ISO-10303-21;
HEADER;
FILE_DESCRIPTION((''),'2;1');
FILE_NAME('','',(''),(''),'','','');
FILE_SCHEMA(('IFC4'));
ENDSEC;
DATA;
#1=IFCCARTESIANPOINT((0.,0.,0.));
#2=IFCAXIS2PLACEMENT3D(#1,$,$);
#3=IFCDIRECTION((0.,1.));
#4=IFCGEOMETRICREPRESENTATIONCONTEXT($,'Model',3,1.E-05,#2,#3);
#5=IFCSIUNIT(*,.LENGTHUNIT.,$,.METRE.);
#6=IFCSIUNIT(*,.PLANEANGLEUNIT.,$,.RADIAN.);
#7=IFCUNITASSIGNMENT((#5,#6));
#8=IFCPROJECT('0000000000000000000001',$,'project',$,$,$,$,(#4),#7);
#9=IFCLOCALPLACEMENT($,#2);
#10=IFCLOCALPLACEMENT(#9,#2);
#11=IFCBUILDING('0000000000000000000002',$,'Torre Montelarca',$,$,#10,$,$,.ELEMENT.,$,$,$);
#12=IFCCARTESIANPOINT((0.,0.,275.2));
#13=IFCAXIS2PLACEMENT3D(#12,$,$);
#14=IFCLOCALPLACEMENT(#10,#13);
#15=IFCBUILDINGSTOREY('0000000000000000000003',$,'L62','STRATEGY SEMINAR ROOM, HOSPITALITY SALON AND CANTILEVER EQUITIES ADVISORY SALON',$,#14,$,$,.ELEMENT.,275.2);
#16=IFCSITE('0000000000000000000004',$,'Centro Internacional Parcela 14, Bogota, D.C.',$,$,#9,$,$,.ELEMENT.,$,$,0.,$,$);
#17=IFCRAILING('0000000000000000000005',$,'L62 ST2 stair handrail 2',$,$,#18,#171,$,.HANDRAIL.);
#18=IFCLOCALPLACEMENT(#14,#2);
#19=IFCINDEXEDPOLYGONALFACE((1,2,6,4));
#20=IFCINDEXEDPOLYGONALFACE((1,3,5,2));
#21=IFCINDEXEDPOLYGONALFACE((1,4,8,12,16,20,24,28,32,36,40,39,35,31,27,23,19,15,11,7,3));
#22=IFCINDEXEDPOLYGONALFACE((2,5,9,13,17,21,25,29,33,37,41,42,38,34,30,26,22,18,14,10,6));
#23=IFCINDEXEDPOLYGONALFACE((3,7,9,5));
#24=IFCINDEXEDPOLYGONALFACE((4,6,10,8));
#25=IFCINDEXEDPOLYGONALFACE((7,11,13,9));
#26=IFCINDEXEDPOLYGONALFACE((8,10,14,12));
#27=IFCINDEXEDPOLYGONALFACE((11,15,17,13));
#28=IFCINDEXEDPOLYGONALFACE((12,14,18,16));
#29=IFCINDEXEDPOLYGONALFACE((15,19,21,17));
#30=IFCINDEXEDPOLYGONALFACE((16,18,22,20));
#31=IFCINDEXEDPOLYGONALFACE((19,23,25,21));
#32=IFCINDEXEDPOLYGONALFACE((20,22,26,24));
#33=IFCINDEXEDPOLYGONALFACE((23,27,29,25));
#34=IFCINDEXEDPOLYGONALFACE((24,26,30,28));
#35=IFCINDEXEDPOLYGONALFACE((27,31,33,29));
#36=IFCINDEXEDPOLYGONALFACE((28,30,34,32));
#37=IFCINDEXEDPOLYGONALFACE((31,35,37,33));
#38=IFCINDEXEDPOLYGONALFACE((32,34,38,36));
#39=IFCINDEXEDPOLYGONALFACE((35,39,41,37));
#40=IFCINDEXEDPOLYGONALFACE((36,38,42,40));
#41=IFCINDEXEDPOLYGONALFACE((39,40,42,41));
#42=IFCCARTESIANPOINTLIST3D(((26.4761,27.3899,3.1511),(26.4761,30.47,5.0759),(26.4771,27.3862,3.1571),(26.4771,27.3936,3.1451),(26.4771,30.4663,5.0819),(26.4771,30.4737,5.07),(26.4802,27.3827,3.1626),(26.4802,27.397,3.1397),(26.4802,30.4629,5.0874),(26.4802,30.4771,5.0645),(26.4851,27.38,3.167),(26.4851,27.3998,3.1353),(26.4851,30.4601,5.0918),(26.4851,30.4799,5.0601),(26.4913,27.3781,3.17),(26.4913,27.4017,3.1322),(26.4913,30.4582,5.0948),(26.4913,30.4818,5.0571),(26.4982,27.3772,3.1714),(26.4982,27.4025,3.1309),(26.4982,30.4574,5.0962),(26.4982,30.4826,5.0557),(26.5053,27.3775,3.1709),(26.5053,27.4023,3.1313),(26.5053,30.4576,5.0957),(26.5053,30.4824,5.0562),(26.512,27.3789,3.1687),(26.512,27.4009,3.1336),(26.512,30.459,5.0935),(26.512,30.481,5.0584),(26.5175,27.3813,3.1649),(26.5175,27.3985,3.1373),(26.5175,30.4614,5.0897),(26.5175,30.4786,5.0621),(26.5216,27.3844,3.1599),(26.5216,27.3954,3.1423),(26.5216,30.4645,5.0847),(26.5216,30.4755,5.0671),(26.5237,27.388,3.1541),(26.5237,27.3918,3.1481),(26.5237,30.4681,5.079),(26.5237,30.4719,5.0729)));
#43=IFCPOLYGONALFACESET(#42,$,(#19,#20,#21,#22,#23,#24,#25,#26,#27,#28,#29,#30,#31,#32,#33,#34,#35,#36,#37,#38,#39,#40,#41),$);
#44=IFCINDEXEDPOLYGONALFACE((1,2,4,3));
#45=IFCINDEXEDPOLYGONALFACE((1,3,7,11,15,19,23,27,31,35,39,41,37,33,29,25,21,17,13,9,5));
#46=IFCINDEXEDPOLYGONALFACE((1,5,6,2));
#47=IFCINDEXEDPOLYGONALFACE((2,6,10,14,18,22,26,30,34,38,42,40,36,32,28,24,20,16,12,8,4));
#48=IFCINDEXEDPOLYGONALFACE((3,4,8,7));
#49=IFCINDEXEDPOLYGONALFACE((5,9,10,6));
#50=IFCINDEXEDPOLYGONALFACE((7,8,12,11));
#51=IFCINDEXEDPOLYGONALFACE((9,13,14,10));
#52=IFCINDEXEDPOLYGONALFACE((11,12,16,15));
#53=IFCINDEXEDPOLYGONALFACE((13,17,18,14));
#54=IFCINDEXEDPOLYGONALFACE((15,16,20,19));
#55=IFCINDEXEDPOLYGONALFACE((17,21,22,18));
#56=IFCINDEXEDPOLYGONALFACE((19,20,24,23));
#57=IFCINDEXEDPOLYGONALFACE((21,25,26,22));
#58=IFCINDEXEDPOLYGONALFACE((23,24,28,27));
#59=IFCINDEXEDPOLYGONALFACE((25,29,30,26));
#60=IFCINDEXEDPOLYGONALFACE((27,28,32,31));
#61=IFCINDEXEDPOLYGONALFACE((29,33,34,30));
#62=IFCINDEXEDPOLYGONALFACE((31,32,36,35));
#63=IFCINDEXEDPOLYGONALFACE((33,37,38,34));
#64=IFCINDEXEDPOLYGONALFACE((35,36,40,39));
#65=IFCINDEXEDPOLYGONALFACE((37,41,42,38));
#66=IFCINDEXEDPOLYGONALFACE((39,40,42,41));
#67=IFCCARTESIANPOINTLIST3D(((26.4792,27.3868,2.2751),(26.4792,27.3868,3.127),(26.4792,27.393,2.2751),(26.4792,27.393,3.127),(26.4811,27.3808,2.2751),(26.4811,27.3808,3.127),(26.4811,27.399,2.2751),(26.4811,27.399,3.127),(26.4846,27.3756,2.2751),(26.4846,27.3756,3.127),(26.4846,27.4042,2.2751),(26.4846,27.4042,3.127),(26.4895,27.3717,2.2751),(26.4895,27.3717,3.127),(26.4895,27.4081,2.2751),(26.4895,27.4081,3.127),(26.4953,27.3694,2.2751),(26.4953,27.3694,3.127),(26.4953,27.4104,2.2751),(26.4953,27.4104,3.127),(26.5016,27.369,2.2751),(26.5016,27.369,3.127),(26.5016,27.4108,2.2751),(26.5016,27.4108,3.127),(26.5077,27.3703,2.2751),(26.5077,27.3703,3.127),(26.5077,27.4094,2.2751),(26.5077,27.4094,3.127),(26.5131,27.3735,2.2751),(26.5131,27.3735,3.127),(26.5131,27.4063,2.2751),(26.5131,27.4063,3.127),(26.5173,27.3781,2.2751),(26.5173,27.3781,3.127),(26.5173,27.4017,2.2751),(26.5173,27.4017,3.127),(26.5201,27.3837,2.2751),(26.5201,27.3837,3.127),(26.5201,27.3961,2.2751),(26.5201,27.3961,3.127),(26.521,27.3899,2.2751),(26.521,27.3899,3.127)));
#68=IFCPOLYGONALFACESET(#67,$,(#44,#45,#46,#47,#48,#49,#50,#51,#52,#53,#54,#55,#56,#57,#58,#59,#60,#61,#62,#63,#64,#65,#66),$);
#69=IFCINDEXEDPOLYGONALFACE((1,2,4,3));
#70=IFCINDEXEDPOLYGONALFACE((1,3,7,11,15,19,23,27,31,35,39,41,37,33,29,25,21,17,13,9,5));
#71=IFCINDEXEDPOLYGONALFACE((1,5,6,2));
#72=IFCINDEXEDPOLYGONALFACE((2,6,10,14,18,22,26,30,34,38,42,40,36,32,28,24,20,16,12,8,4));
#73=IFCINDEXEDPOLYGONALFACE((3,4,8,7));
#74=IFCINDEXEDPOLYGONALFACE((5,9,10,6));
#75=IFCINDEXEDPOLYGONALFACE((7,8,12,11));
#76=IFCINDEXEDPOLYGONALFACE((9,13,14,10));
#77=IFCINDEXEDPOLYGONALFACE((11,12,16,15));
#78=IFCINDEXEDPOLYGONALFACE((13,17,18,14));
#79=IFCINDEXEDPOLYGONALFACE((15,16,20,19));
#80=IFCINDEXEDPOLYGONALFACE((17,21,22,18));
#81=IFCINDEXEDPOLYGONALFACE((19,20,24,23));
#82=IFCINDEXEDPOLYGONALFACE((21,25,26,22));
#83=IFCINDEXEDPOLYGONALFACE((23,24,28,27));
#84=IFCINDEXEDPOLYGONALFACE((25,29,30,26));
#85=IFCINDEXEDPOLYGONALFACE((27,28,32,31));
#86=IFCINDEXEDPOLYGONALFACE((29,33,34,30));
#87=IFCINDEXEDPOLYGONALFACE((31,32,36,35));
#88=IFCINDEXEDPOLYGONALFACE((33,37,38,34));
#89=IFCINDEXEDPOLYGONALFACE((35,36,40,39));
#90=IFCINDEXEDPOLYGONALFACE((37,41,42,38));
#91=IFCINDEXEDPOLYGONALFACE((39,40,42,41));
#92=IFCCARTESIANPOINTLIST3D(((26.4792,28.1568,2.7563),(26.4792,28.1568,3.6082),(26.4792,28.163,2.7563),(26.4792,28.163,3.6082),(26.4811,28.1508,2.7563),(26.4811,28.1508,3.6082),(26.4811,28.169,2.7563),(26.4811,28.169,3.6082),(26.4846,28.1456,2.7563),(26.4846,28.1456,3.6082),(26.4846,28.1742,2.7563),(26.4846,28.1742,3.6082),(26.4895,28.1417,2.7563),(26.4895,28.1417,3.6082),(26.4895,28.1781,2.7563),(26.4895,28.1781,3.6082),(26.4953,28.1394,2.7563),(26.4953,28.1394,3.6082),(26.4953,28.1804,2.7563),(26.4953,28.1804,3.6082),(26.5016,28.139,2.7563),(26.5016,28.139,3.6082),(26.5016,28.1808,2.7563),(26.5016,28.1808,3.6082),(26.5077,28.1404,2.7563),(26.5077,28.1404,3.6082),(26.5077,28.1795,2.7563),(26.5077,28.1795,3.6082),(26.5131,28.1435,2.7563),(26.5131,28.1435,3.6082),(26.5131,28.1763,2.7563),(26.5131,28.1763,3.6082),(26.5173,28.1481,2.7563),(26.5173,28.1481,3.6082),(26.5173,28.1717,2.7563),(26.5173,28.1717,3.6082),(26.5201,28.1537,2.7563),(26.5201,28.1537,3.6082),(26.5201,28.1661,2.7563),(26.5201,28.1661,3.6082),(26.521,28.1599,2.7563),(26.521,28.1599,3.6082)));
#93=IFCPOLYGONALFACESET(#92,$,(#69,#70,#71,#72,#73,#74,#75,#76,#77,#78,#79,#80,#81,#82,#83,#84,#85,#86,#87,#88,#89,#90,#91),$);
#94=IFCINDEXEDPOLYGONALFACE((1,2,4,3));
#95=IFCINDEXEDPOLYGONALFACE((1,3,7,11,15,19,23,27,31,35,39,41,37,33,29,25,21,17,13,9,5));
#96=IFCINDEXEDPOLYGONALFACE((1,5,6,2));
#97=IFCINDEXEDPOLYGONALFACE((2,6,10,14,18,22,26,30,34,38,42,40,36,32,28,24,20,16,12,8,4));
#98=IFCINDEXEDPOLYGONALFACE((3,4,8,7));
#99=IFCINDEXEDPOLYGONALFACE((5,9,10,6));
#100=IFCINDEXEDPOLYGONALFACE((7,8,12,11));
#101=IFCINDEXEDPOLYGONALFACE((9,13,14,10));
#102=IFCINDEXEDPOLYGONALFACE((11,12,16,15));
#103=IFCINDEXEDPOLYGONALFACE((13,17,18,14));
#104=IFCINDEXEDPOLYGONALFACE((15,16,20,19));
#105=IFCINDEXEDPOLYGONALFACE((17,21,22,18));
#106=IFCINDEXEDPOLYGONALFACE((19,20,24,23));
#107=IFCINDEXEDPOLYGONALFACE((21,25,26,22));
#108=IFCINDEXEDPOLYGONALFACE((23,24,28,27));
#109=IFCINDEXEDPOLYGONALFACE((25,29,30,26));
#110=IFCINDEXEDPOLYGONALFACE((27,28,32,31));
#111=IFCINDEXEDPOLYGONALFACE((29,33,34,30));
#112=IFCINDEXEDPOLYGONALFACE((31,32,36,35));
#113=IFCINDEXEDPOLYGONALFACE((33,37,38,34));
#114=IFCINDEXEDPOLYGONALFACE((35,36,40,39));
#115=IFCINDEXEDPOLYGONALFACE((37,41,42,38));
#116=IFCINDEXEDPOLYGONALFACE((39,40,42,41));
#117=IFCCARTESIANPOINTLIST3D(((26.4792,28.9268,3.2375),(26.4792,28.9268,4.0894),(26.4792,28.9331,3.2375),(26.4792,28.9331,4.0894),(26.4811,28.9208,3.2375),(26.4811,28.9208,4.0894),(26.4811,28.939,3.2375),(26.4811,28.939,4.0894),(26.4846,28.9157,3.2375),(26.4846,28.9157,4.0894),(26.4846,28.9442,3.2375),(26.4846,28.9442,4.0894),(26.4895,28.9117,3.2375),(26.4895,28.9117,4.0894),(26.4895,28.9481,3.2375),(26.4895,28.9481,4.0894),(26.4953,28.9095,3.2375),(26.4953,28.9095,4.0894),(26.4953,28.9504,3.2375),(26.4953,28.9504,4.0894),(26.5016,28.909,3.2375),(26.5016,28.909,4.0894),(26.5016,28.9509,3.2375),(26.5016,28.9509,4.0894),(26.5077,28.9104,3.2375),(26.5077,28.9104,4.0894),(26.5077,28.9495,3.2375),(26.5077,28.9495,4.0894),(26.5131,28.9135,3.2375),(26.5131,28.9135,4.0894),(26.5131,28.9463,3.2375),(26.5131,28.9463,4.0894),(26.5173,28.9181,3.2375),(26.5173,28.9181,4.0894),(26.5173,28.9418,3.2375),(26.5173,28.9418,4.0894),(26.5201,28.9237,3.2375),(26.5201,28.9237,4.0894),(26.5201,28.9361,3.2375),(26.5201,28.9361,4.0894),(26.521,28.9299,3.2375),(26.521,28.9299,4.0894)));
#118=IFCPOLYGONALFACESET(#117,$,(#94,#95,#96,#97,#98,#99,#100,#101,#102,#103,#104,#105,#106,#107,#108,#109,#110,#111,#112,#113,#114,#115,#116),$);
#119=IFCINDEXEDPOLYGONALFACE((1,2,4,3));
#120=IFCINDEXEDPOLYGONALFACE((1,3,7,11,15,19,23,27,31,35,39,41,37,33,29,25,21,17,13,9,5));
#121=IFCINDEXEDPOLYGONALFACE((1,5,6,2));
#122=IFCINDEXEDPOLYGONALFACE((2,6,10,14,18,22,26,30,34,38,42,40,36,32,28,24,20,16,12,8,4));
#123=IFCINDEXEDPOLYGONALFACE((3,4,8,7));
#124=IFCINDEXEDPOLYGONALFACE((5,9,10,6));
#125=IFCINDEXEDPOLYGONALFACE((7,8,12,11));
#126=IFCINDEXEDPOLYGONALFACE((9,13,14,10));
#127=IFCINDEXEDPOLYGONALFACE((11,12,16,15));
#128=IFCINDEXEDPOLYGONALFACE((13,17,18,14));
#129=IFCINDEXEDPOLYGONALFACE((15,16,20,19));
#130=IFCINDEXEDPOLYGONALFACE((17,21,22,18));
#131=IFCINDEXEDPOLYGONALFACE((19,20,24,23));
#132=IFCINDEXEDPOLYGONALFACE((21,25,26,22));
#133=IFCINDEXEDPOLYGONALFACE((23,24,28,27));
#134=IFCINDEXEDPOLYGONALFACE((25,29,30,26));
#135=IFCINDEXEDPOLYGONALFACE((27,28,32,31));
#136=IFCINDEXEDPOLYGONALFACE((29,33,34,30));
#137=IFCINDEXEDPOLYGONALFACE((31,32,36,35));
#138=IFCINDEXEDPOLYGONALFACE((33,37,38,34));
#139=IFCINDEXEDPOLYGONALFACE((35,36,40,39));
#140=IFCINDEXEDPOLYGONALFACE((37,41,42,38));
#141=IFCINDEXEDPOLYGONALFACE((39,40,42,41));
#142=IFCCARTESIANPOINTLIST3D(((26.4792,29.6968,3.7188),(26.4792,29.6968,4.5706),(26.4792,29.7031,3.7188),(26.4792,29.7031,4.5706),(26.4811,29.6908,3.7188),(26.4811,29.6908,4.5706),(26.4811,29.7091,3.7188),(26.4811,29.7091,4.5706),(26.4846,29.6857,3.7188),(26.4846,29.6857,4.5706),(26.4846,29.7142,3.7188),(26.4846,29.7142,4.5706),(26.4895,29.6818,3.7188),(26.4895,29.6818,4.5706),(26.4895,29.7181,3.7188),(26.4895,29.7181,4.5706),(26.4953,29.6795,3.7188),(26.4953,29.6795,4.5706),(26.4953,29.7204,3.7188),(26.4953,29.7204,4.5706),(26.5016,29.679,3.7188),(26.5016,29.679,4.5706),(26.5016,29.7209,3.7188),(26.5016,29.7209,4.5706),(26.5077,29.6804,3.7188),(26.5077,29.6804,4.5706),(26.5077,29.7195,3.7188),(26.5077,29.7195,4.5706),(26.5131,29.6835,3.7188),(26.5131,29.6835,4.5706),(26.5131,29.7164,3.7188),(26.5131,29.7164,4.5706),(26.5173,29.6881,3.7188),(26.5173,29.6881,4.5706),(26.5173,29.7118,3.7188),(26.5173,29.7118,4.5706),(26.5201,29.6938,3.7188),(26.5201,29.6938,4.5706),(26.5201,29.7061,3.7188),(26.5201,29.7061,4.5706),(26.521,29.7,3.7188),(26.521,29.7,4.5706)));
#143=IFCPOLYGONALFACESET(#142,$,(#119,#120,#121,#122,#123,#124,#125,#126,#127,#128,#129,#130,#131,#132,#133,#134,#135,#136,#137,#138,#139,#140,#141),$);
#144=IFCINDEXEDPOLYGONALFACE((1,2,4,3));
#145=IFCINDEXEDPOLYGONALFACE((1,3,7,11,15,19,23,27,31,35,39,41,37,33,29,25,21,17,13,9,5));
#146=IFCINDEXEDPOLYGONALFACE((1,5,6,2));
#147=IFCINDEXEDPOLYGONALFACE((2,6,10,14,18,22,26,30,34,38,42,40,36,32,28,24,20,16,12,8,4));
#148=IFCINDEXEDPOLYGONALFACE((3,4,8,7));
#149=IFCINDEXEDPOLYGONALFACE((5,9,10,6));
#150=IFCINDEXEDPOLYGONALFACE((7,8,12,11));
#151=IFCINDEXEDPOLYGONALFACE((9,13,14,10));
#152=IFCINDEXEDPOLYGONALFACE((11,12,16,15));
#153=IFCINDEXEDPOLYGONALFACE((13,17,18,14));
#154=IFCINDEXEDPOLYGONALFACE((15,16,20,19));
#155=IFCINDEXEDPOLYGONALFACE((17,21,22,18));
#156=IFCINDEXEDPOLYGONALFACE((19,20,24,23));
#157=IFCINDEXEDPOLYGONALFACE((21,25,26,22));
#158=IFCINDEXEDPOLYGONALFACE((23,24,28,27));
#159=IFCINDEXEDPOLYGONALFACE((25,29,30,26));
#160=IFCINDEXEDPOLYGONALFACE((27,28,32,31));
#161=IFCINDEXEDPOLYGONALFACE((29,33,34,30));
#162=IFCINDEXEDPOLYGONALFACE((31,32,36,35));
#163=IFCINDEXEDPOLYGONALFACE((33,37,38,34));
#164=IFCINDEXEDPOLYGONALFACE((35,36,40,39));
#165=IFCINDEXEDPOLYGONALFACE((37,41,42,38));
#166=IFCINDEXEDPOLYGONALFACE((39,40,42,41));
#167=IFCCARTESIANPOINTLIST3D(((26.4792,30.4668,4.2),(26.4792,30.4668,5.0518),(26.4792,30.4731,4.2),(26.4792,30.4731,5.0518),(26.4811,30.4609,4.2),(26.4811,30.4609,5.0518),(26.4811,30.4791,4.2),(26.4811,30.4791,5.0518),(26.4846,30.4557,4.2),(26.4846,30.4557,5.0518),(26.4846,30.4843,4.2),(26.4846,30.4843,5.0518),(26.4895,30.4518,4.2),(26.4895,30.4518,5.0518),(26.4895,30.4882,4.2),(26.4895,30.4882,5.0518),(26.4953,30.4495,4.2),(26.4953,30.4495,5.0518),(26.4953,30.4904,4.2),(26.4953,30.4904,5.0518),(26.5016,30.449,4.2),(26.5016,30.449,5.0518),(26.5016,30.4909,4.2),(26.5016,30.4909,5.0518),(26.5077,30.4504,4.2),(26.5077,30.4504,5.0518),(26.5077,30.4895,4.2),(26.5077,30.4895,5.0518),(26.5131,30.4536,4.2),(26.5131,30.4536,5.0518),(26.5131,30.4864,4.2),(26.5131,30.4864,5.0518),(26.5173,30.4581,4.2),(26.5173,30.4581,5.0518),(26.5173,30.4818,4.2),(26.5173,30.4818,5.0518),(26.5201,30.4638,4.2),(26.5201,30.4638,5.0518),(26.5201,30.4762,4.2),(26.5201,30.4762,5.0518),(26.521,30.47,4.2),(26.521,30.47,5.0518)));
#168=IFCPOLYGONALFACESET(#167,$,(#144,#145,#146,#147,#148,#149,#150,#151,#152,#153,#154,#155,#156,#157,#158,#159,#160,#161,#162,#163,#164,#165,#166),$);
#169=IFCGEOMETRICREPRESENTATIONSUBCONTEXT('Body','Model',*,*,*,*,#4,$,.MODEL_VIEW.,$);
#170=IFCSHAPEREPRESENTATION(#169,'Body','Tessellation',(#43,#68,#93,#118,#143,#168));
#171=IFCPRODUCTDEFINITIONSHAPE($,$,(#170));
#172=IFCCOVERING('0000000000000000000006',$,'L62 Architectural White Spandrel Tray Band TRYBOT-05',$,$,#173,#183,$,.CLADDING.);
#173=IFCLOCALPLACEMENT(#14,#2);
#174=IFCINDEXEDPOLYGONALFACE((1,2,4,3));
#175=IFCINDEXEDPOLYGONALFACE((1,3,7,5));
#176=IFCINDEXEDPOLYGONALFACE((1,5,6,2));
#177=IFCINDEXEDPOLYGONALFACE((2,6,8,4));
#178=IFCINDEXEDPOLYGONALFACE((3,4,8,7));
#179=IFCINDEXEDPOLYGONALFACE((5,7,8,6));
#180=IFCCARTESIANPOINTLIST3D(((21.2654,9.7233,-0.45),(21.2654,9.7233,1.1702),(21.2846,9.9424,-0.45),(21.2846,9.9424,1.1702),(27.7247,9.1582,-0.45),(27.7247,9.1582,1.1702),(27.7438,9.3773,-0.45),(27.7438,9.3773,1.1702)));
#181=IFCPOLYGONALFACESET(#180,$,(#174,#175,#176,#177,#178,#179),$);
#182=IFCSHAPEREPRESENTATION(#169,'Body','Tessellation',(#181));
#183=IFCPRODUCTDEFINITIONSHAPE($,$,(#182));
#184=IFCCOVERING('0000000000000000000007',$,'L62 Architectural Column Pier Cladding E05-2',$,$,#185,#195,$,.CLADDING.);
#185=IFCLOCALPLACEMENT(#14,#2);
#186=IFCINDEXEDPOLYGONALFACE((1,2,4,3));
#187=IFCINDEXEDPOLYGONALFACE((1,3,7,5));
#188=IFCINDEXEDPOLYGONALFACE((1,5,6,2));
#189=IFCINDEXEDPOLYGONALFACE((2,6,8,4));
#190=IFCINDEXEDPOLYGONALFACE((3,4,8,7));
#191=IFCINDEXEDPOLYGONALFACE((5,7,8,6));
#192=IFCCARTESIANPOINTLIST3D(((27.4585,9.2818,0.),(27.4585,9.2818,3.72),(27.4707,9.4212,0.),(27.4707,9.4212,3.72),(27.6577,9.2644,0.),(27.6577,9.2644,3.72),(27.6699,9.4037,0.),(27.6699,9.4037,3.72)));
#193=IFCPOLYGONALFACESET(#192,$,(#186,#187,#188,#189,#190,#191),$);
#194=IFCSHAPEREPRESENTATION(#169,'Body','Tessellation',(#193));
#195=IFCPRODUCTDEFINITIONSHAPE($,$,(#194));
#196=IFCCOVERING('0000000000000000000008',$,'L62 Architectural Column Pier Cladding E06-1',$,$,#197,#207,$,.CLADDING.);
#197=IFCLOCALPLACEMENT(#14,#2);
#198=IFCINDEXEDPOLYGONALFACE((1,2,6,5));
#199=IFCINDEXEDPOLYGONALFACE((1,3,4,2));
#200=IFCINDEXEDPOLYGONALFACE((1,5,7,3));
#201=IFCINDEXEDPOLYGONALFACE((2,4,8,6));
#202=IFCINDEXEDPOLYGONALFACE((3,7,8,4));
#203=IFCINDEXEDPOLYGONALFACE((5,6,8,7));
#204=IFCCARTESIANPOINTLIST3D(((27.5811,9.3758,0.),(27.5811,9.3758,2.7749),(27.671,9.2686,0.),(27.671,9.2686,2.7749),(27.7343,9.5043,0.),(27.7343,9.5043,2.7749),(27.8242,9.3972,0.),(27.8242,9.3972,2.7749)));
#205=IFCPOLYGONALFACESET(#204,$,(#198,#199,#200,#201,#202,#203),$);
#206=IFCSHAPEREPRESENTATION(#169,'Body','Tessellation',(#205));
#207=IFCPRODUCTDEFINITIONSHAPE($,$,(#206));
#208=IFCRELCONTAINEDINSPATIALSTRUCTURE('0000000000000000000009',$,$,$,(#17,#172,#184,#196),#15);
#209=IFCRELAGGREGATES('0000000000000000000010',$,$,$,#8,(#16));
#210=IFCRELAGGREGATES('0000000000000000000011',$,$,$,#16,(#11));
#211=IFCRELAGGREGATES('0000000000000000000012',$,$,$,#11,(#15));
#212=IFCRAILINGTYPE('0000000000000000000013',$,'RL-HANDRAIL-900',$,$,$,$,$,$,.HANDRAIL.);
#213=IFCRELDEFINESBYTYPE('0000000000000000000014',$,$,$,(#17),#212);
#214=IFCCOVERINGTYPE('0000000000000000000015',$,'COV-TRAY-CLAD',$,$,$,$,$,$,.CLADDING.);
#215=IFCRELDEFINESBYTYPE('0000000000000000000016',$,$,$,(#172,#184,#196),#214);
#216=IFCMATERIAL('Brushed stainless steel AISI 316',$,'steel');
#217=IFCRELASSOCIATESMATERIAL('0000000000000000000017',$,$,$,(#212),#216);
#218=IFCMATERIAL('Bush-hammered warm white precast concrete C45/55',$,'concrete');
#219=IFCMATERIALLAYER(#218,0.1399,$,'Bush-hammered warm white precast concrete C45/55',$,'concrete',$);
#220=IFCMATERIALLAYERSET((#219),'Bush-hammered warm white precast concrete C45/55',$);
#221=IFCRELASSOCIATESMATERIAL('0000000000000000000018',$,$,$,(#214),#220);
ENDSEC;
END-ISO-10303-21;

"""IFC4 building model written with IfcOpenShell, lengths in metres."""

from ifc_helpers import new_model, si_unit, direction, frame, origin, origin_2d, place, context, subcontext, project, spatial, rectangle, circle, extrude, source, transform, mapped, material, layer, layer_set, type_object, element, save


model = new_model("IFC4")

# Units and contexts
model_context = context("Model", 3, precision=1e-05, world=origin(), true_north=direction((0.0, 1.0)))
body_context = subcontext(model_context, "Body", "Model", "MODEL_VIEW")
ifc_project = project(units=[si_unit("LENGTHUNIT", "METRE"), si_unit("PLANEANGLEUNIT", "RADIAN")], contexts=[model_context])

# Site, building, storey
site_placement = place(None, origin())
site = spatial("IfcSite", under=ifc_project, at=site_placement, Name="Centro Internacional Parcela 14, Bogota, D.C.", CompositionType="ELEMENT", RefElevation=0.0)
building_placement = place(site_placement, origin())
building = spatial("IfcBuilding", under=site, at=building_placement, Name="Torre Montelarca", CompositionType="ELEMENT")
storey_placement = place(building_placement, frame((0.0, 0.0, 275.2)))
storey = spatial("IfcBuildingStorey", under=building, at=storey_placement, Name="L62", Description="STRATEGY SEMINAR ROOM, HOSPITALITY SALON AND CANTILEVER EQUITIES ADVISORY SALON", CompositionType="ELEMENT", Elevation=275.2)

# Railing
ifc_material_1 = material(Name="Brushed stainless steel AISI 316", Category="steel")
railing_type_1 = type_object("IfcRailingType", Name="RL-HANDRAIL-900", PredefinedType="HANDRAIL", material=ifc_material_1)
railing_1_placement = place(storey_placement, frame((26.5, 27.3899, 2.2751)))
element("IfcRailing", 1, at=railing_1_placement, inside=storey, type_object=railing_type_1, Name="L62 ST2 stair handrail 2", PredefinedType="HANDRAIL", context=body_context, shape_type="SweptSolid", body=[
    extrude(circle(Radius=0.0239, at=origin_2d()), frame((0.0, 0.0, 0.876), z_axis=(0.0, 0.848029, 0.529951), x_axis=(-1.0, 0.0, 0.0)), (0.0, 0.0, 1.0), 3.6321),
    extrude(circle(Radius=0.021, at=origin_2d()), origin(), (0.0, 0.0, 1.0), 0.8518),
    extrude(circle(Radius=0.021, at=origin_2d()), frame((0.0, 0.77, 0.4812)), (0.0, 0.0, 1.0), 0.8518),
    extrude(circle(Radius=0.021, at=origin_2d()), frame((0.0, 1.54, 0.9624)), (0.0, 0.0, 1.0), 0.8518),
    extrude(circle(Radius=0.021, at=origin_2d()), frame((0.0, 2.3101, 1.4436)), (0.0, 0.0, 1.0), 0.8518),
    extrude(circle(Radius=0.021, at=origin_2d()), frame((0.0, 3.0801, 1.9248)), (0.0, 0.0, 1.0), 0.8518),
])

# Coverings
ifc_material_2 = material(Name="Bush-hammered warm white precast concrete C45/55", Category="concrete")
ifc_layer_1 = layer(ifc_material_2, 0.1399, Name="Bush-hammered warm white precast concrete C45/55", Category="concrete")
ifc_layer_set_1 = layer_set([ifc_layer_1], Name="Bush-hammered warm white precast concrete C45/55")
covering_type = type_object("IfcCoveringType", Name="COV-TRAY-CLAD", PredefinedType="CLADDING", material=ifc_layer_set_1)
shared_shape_1 = source(origin(), body_context, "Body", "SweptSolid", [
    extrude(rectangle(XDim=6.4839, YDim=0.22, at=origin_2d()), origin(), (0.0, 0.0, 1.0), 1.6201),
])
covering_1_placement = place(storey_placement, frame((24.5046, 9.5503, -0.45), z_axis=(0.0, 0.0, 1.0), x_axis=(0.996195, -0.087147, 0.0)))
element("IfcCovering", 2, at=covering_1_placement, inside=storey, type_object=covering_type, Name="L62 Architectural White Spandrel Tray Band TRYBOT-05", PredefinedType="CLADDING", context=body_context, shape_type="MappedRepresentation", body=[
    mapped(shared_shape_1, transform((0.0, 0.0, 0.0), scale=1.0)),
])
shared_shape_2 = source(origin(), body_context, "Body", "SweptSolid", [
    extrude(rectangle(XDim=0.2, YDim=0.1399, at=origin_2d()), origin(), (0.0, 0.0, 1.0), 3.72),
])
covering_2_placement = place(storey_placement, frame((27.5642, 9.3428, 0.0), z_axis=(0.0, 0.0, 1.0), x_axis=(0.996194, -0.087161, 0.0)))
element("IfcCovering", 3, at=covering_2_placement, inside=storey, type_object=covering_type, Name="L62 Architectural Column Pier Cladding E05-2", PredefinedType="CLADDING", context=body_context, shape_type="MappedRepresentation", body=[
    mapped(shared_shape_2, transform((0.0, 0.0, 0.0), scale=1.0)),
])
shared_shape_3 = source(origin(), body_context, "Body", "SweptSolid", [
    extrude(rectangle(XDim=0.2, YDim=0.1399, at=origin_2d()), origin(), (0.0, 0.0, 1.0), 2.7749),
])
covering_3_placement = place(storey_placement, frame((27.7026, 9.3865, 0.0), z_axis=(0.0, 0.0, 1.0), x_axis=(0.766044, 0.642788, 0.0)))
element("IfcCovering", 4, at=covering_3_placement, inside=storey, type_object=covering_type, Name="L62 Architectural Column Pier Cladding E06-1", PredefinedType="CLADDING", context=body_context, shape_type="MappedRepresentation", body=[
    mapped(shared_shape_3, transform((0.0, 0.0, 0.0), scale=1.0)),
])

save(model, "model.ifc")
